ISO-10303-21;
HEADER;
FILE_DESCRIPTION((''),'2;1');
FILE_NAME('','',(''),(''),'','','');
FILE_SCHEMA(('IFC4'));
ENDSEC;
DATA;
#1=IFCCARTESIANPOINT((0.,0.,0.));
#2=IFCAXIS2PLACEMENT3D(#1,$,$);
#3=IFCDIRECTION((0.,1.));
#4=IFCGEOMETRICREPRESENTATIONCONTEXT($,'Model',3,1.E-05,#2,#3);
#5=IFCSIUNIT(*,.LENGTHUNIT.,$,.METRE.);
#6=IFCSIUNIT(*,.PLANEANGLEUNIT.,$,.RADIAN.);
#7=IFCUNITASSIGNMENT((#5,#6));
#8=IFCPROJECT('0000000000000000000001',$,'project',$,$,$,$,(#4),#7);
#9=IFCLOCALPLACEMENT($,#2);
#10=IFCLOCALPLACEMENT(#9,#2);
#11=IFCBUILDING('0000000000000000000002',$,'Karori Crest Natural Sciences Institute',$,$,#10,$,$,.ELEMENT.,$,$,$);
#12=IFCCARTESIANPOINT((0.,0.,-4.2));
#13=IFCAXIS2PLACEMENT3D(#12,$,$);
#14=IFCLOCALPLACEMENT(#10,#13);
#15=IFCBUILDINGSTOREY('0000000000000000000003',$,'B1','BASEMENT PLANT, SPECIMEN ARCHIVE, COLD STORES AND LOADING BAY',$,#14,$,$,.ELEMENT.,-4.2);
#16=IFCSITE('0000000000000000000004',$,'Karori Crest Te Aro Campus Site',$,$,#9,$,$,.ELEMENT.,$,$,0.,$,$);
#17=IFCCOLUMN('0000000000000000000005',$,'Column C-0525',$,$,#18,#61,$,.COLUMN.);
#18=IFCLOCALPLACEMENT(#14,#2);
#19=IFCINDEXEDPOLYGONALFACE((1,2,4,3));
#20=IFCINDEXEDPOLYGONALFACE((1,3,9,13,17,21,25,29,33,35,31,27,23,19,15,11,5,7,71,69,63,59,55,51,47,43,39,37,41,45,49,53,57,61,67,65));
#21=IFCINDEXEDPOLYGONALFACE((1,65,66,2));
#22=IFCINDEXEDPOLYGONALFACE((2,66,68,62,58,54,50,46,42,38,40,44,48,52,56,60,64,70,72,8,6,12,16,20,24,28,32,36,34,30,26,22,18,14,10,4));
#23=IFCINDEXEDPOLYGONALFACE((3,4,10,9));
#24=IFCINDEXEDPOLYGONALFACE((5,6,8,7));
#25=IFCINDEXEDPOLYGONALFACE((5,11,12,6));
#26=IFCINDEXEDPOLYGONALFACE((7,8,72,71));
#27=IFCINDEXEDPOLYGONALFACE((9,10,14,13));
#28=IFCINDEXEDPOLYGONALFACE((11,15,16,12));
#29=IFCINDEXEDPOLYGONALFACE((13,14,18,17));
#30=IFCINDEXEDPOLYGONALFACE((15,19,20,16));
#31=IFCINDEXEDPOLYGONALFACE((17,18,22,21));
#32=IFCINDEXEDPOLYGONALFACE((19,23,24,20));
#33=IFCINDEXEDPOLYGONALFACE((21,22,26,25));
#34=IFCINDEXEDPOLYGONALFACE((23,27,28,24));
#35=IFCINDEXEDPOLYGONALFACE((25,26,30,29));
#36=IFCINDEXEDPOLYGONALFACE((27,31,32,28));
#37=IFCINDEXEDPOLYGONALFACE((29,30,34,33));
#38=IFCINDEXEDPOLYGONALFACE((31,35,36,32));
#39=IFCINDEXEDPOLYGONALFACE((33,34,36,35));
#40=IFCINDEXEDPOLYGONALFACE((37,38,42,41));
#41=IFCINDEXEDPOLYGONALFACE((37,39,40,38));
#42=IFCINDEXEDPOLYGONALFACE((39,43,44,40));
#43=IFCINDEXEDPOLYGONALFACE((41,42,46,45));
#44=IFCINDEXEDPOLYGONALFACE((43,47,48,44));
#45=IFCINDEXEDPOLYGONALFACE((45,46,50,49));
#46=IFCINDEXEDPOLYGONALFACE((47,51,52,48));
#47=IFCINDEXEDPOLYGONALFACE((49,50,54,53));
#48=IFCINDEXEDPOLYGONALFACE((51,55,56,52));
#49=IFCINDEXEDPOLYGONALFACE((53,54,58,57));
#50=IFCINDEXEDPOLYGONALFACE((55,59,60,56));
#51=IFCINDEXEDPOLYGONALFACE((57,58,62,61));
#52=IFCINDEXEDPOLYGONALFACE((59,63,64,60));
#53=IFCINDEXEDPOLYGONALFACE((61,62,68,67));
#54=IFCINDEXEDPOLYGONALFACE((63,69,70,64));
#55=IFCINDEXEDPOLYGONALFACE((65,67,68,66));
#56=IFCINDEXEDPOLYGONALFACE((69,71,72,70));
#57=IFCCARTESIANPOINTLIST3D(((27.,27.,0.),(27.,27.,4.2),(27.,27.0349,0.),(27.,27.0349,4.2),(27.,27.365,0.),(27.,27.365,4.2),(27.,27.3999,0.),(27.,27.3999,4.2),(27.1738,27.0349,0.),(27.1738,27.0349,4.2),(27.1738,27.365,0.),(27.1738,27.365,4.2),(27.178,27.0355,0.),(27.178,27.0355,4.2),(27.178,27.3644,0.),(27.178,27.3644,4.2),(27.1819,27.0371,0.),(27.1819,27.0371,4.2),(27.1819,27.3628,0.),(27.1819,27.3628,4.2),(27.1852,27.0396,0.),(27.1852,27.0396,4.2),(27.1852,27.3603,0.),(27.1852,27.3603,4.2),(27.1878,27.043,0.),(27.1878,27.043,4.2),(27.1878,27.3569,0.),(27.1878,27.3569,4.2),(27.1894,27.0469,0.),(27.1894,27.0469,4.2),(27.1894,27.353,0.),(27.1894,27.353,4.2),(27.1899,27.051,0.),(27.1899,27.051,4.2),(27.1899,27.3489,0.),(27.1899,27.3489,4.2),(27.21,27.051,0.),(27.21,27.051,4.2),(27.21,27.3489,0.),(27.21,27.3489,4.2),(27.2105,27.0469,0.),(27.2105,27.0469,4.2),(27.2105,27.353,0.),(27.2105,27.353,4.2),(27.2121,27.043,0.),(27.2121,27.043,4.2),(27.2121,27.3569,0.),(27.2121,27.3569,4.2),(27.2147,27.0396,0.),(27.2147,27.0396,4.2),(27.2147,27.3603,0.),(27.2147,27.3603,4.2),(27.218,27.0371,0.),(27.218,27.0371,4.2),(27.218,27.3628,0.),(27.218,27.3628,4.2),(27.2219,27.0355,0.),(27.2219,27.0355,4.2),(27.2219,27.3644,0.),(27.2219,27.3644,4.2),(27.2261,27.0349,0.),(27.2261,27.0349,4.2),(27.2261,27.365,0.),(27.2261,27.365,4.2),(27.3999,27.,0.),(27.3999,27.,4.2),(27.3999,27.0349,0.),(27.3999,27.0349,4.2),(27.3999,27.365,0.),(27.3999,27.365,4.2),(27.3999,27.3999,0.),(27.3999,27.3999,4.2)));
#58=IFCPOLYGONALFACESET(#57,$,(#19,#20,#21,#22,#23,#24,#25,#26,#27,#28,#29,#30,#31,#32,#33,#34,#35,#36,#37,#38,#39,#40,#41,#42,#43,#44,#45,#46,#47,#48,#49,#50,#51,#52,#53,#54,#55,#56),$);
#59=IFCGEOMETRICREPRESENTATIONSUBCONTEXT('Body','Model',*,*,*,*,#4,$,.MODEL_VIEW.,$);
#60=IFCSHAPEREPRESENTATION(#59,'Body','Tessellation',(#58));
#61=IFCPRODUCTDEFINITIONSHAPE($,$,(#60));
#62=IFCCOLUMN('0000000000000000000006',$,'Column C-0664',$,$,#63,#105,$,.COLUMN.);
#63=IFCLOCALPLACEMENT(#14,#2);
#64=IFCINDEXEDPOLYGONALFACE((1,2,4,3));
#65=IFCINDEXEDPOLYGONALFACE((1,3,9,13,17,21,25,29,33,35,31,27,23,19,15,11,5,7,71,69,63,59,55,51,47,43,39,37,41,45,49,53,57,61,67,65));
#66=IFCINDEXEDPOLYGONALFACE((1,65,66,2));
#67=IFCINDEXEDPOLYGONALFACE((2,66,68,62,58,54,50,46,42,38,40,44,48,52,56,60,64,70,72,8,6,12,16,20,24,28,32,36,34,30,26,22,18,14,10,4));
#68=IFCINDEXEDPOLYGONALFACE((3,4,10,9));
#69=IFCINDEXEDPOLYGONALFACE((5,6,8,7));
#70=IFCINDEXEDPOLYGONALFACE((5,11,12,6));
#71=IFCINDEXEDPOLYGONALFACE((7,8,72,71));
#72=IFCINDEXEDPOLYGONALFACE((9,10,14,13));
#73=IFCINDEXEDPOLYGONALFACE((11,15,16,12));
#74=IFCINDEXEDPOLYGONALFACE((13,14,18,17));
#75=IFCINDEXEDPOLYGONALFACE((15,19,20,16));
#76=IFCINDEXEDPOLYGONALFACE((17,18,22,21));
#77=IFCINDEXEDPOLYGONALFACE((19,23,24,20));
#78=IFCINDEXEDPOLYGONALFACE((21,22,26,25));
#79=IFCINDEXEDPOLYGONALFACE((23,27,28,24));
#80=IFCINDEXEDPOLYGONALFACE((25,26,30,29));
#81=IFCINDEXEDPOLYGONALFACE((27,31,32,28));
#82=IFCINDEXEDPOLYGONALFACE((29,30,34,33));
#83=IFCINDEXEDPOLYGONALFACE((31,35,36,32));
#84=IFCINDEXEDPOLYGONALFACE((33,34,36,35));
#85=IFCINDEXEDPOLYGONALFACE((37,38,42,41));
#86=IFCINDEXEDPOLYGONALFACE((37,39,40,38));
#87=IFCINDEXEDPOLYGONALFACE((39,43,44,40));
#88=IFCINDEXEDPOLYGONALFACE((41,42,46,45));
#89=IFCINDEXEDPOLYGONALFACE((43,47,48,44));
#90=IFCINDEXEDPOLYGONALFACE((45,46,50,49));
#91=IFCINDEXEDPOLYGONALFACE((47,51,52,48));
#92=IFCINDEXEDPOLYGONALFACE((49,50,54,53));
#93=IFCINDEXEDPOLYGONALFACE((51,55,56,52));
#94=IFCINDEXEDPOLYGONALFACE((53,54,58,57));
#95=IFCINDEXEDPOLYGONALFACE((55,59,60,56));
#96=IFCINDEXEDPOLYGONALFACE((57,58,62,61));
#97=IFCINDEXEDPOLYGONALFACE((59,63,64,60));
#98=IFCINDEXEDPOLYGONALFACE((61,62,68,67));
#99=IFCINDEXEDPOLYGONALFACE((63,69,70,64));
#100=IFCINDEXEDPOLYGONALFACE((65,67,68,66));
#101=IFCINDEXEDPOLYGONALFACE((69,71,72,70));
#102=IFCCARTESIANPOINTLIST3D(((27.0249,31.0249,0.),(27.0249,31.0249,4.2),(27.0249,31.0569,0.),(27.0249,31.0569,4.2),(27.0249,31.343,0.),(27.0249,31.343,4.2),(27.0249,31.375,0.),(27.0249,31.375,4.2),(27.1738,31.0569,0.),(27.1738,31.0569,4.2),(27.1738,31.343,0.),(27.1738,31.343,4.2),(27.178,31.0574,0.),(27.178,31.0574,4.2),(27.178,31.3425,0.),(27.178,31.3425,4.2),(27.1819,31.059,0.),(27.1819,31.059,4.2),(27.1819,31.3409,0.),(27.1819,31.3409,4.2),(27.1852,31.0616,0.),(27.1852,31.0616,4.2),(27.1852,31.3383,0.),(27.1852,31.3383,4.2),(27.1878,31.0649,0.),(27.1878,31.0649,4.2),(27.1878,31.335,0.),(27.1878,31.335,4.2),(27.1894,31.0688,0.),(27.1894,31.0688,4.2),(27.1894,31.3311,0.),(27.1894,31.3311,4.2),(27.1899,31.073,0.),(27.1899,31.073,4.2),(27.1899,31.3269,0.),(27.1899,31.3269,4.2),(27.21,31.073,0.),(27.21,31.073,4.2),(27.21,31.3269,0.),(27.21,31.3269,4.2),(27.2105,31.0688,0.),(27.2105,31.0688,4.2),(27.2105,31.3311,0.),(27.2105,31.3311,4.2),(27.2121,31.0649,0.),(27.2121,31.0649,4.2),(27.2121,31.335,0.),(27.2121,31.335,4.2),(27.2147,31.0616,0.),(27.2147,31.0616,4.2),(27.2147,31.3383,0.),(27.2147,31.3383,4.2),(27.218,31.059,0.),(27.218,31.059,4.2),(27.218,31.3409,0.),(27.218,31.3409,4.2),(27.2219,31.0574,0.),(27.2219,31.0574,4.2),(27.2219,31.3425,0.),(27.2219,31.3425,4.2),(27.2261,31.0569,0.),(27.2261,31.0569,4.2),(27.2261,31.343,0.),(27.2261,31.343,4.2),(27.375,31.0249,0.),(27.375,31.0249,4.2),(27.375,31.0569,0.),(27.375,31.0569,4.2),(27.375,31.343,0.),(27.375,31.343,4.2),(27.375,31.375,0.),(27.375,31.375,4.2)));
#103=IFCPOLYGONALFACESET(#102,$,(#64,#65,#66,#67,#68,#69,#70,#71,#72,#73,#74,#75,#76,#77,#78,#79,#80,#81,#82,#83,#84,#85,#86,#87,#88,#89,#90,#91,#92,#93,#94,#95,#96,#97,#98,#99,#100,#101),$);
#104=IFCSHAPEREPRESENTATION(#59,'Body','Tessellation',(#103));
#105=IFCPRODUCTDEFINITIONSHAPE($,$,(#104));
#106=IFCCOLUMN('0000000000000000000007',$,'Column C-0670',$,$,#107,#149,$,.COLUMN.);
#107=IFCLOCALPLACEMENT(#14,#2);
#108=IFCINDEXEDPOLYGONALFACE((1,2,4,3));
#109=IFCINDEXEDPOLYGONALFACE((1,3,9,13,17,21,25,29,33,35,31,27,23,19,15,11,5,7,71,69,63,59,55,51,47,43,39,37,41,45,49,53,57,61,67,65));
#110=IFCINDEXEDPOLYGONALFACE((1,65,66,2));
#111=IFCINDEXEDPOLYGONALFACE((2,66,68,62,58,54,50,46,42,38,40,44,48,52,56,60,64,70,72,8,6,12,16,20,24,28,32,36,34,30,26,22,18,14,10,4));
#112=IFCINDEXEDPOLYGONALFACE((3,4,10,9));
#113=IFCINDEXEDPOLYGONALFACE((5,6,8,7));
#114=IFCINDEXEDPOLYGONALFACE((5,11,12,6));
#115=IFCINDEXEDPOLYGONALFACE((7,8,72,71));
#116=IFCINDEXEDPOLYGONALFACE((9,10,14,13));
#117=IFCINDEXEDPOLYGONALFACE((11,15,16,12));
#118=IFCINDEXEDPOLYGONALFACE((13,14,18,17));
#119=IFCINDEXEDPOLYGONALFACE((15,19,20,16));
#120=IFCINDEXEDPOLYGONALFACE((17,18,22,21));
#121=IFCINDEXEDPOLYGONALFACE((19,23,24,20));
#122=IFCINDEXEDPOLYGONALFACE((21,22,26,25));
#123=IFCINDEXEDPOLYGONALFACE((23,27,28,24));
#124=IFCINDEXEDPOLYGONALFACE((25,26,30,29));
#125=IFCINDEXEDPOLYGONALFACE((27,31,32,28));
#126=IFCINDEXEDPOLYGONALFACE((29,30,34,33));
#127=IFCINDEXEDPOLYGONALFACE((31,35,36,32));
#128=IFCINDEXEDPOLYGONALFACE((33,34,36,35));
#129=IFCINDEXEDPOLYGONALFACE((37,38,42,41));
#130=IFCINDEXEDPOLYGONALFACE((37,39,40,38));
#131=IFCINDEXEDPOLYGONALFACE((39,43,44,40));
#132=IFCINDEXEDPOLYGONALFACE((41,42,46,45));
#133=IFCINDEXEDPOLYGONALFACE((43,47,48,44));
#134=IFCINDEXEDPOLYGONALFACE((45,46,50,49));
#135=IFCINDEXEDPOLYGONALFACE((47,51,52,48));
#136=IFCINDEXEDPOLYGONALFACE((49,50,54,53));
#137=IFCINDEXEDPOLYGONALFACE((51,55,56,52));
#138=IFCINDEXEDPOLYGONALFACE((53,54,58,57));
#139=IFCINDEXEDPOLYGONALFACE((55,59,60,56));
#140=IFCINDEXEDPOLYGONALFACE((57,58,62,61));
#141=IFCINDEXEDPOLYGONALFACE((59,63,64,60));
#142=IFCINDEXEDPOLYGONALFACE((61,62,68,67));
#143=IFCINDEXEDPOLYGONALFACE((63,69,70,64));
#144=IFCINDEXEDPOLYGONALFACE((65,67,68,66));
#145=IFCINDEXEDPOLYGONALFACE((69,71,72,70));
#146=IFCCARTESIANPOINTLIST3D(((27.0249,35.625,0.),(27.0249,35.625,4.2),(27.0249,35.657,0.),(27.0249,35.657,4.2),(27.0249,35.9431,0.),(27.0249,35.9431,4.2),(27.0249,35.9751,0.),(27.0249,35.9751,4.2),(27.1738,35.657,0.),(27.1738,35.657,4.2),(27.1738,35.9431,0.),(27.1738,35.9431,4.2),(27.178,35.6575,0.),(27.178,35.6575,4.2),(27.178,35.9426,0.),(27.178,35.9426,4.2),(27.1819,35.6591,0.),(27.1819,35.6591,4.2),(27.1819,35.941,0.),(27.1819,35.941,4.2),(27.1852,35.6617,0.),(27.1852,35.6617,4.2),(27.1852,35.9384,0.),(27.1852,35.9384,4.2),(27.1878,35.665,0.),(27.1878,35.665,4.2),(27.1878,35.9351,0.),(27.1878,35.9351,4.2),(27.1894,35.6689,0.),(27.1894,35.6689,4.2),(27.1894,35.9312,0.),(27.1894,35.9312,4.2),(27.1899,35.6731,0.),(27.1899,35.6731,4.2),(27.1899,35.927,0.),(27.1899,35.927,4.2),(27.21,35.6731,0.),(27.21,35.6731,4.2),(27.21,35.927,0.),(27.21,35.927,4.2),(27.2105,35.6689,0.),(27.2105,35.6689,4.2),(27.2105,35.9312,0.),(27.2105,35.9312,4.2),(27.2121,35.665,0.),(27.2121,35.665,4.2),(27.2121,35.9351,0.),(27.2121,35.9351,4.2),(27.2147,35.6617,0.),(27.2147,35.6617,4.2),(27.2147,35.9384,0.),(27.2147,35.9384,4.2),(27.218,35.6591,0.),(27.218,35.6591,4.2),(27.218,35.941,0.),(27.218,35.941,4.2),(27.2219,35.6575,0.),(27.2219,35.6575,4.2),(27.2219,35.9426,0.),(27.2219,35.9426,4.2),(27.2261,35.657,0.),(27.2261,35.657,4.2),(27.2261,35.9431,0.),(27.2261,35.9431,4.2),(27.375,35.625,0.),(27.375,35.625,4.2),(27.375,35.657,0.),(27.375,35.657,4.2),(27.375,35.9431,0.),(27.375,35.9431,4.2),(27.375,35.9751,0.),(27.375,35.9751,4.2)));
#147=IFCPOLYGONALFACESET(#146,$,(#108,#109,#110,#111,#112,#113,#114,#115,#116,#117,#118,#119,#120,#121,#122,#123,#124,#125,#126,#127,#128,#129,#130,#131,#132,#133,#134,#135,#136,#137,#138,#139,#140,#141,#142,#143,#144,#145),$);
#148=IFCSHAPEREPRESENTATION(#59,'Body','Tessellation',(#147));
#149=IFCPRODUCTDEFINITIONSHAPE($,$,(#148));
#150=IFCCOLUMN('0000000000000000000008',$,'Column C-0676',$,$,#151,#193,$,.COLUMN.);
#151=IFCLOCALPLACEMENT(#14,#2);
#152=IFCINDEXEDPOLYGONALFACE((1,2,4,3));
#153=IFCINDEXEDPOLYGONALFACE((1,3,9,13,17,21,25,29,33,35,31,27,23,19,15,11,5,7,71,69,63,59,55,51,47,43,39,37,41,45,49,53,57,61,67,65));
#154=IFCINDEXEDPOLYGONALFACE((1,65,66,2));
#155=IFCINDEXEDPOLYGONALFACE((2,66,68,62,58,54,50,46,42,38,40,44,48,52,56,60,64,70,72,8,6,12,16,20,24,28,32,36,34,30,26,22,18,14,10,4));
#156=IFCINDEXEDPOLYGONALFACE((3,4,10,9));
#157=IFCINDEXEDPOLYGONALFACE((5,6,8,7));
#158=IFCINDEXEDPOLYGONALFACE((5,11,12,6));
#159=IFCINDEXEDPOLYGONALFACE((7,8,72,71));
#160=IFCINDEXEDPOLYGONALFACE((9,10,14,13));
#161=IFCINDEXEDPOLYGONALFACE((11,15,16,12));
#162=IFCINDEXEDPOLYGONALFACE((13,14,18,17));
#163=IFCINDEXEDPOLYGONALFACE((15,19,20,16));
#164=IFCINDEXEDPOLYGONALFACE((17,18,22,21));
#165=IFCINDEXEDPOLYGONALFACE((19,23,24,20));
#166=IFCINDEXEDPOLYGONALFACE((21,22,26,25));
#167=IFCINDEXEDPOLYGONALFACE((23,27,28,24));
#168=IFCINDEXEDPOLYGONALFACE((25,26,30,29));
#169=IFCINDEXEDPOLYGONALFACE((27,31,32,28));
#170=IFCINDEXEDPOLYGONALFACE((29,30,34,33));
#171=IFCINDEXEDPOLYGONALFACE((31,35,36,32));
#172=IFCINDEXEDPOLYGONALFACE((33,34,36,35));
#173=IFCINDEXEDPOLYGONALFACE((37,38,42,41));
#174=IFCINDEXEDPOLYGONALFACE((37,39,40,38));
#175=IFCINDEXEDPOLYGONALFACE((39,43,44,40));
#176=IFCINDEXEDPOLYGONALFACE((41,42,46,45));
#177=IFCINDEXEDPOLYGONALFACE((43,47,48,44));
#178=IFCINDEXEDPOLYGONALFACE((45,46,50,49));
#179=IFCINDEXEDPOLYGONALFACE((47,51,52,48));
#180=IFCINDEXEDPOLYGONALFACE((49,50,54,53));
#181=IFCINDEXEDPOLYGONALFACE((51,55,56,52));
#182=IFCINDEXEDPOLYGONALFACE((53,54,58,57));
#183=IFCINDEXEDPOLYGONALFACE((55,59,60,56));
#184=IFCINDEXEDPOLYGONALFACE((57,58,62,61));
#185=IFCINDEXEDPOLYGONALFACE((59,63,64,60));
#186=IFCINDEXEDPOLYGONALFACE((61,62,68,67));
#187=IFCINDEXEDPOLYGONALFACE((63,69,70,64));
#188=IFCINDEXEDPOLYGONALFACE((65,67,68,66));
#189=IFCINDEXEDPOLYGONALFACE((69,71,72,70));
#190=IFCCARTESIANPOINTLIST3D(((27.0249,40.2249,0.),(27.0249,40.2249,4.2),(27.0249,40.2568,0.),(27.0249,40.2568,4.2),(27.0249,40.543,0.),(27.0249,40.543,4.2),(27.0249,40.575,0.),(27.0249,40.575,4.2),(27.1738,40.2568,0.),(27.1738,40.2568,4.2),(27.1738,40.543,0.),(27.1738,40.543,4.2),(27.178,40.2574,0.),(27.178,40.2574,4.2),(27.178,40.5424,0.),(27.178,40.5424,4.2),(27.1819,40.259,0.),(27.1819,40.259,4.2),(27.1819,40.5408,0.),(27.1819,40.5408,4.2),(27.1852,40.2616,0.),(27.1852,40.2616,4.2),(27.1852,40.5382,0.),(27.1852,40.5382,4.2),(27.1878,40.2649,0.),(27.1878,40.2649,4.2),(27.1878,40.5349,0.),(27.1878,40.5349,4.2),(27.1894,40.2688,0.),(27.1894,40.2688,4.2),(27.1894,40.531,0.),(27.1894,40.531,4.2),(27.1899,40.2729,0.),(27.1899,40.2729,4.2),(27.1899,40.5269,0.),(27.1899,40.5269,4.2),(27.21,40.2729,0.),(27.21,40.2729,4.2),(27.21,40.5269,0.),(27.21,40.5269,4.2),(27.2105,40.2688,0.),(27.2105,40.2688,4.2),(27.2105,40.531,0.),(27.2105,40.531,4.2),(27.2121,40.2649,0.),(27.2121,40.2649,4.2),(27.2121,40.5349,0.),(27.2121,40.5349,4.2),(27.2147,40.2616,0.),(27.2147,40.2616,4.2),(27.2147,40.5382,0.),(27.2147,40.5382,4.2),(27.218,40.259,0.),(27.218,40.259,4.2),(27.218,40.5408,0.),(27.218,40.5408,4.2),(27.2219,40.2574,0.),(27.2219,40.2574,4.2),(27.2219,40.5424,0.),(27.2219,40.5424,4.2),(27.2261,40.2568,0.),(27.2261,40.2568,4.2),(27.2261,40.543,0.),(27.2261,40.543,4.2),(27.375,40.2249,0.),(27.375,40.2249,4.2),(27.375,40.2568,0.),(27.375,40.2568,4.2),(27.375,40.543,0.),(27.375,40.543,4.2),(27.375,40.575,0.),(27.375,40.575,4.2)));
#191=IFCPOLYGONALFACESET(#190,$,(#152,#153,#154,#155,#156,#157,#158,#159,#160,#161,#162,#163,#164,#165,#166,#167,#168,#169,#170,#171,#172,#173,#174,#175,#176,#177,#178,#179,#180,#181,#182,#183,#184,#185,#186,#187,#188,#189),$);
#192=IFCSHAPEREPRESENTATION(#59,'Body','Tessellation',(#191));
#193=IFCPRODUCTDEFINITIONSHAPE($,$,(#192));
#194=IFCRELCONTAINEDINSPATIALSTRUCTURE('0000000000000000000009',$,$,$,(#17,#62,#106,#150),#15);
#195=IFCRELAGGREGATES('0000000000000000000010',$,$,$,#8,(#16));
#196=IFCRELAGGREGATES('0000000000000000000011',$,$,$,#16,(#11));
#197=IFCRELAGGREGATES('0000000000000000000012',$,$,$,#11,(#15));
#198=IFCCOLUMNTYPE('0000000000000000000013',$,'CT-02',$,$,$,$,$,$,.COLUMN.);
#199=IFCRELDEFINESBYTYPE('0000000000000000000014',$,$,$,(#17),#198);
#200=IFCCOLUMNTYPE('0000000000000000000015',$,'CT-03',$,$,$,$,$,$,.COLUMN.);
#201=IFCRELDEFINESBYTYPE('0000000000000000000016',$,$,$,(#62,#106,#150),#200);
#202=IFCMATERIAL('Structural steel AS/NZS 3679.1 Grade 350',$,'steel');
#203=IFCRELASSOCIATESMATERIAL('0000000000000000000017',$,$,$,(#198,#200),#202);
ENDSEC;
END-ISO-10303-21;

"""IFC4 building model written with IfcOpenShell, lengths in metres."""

from ifc_helpers import new_model, si_unit, direction, frame, origin, origin_2d, place, context, subcontext, project, spatial, i_section, extrude, material, material_profile, profile_set, type_object, element, save


model = new_model("IFC4")

# Units and contexts
model_context = context("Model", 3, precision=1e-05, world=origin(), true_north=direction((0.0, 1.0)))
body_context = subcontext(model_context, "Body", "Model", "MODEL_VIEW")
ifc_project = project(units=[si_unit("LENGTHUNIT", "METRE"), si_unit("PLANEANGLEUNIT", "RADIAN")], contexts=[model_context])

# Site, building, storey
site_placement = place(None, origin())
site = spatial("IfcSite", under=ifc_project, at=site_placement, Name="Karori Crest Te Aro Campus Site", CompositionType="ELEMENT", RefElevation=0.0)
building_placement = place(site_placement, origin())
building = spatial("IfcBuilding", under=site, at=building_placement, Name="Karori Crest Natural Sciences Institute", CompositionType="ELEMENT")
storey_placement = place(building_placement, frame((0.0, 0.0, -4.2)))
storey = spatial("IfcBuildingStorey", under=building, at=storey_placement, Name="B1", Description="BASEMENT PLANT, SPECIMEN ARCHIVE, COLD STORES AND LOADING BAY", CompositionType="ELEMENT", Elevation=-4.2)

# Columns
ifc_material_1 = material(Name="Structural steel AS/NZS 3679.1 Grade 350", Category="steel")
ifc_material_profile_1 = material_profile(ifc_material_1, i_section(OverallWidth=0.3999, OverallDepth=0.3999, WebThickness=0.02, FlangeThickness=0.0349, FilletRadius=0.0161, at=origin_2d()), Name="400WC328")
ifc_profile_set_1 = profile_set([ifc_material_profile_1], Name="Structural steel AS/NZS 3679.1 Grade 350")
column_type_1 = type_object("IfcColumnType", Name="CT-02", PredefinedType="COLUMN", material=ifc_profile_set_1)
column_placement = place(storey_placement, frame((27.2, 27.2, 0.0), z_axis=(0.0, 0.0, 1.0), x_axis=(1.0, 0.0, 0.0)))
element("IfcColumn", 1, at=column_placement, inside=storey, type_object=column_type_1, Name="Column C-0525", PredefinedType="COLUMN", context=body_context, shape_type="SweptSolid", body=[
    extrude(i_section(OverallWidth=0.3999, OverallDepth=0.3999, WebThickness=0.02, FlangeThickness=0.0349, FilletRadius=0.0161, at=origin_2d()), origin(), (0.0, 0.0, 1.0), 4.2),
])
ifc_material_profile_2 = material_profile(ifc_material_1, i_section(OverallWidth=0.3501, OverallDepth=0.3501, WebThickness=0.02, FlangeThickness=0.032, FilletRadius=0.0161, at=origin_2d()), Name="350WC280")
ifc_profile_set_2 = profile_set([ifc_material_profile_2], Name="Structural steel AS/NZS 3679.1 Grade 350")
column_type_2 = type_object("IfcColumnType", Name="CT-03", PredefinedType="COLUMN", material=ifc_profile_set_2)
for number, where, z_axis, x_axis, name in (
    (2, (27.2, 31.2, 0.0), (0.0, 0.0, 1.0), (1.0, 0.0, 0.0), "Column C-0664"),
    (3, (27.2, 35.8, 0.0), (0.0, 0.0, 1.0), (1.0, 0.0, 0.0), "Column C-0670"),
    (4, (27.2, 40.3999, 0.0), (0.0, 0.0, 1.0), (1.0, 0.0, 0.0), "Column C-0676"),
):
    element("IfcColumn", number, at=place(storey_placement, frame(where, z_axis=z_axis, x_axis=x_axis)), inside=storey, type_object=column_type_2, Name=name, PredefinedType="COLUMN", context=body_context, shape_type="SweptSolid", body=[
        extrude(i_section(OverallWidth=0.3501, OverallDepth=0.3501, WebThickness=0.02, FlangeThickness=0.032, FilletRadius=0.0161, at=origin_2d()), origin(), (0.0, 0.0, 1.0), 4.2),
    ])

save(model, "model.ifc")
